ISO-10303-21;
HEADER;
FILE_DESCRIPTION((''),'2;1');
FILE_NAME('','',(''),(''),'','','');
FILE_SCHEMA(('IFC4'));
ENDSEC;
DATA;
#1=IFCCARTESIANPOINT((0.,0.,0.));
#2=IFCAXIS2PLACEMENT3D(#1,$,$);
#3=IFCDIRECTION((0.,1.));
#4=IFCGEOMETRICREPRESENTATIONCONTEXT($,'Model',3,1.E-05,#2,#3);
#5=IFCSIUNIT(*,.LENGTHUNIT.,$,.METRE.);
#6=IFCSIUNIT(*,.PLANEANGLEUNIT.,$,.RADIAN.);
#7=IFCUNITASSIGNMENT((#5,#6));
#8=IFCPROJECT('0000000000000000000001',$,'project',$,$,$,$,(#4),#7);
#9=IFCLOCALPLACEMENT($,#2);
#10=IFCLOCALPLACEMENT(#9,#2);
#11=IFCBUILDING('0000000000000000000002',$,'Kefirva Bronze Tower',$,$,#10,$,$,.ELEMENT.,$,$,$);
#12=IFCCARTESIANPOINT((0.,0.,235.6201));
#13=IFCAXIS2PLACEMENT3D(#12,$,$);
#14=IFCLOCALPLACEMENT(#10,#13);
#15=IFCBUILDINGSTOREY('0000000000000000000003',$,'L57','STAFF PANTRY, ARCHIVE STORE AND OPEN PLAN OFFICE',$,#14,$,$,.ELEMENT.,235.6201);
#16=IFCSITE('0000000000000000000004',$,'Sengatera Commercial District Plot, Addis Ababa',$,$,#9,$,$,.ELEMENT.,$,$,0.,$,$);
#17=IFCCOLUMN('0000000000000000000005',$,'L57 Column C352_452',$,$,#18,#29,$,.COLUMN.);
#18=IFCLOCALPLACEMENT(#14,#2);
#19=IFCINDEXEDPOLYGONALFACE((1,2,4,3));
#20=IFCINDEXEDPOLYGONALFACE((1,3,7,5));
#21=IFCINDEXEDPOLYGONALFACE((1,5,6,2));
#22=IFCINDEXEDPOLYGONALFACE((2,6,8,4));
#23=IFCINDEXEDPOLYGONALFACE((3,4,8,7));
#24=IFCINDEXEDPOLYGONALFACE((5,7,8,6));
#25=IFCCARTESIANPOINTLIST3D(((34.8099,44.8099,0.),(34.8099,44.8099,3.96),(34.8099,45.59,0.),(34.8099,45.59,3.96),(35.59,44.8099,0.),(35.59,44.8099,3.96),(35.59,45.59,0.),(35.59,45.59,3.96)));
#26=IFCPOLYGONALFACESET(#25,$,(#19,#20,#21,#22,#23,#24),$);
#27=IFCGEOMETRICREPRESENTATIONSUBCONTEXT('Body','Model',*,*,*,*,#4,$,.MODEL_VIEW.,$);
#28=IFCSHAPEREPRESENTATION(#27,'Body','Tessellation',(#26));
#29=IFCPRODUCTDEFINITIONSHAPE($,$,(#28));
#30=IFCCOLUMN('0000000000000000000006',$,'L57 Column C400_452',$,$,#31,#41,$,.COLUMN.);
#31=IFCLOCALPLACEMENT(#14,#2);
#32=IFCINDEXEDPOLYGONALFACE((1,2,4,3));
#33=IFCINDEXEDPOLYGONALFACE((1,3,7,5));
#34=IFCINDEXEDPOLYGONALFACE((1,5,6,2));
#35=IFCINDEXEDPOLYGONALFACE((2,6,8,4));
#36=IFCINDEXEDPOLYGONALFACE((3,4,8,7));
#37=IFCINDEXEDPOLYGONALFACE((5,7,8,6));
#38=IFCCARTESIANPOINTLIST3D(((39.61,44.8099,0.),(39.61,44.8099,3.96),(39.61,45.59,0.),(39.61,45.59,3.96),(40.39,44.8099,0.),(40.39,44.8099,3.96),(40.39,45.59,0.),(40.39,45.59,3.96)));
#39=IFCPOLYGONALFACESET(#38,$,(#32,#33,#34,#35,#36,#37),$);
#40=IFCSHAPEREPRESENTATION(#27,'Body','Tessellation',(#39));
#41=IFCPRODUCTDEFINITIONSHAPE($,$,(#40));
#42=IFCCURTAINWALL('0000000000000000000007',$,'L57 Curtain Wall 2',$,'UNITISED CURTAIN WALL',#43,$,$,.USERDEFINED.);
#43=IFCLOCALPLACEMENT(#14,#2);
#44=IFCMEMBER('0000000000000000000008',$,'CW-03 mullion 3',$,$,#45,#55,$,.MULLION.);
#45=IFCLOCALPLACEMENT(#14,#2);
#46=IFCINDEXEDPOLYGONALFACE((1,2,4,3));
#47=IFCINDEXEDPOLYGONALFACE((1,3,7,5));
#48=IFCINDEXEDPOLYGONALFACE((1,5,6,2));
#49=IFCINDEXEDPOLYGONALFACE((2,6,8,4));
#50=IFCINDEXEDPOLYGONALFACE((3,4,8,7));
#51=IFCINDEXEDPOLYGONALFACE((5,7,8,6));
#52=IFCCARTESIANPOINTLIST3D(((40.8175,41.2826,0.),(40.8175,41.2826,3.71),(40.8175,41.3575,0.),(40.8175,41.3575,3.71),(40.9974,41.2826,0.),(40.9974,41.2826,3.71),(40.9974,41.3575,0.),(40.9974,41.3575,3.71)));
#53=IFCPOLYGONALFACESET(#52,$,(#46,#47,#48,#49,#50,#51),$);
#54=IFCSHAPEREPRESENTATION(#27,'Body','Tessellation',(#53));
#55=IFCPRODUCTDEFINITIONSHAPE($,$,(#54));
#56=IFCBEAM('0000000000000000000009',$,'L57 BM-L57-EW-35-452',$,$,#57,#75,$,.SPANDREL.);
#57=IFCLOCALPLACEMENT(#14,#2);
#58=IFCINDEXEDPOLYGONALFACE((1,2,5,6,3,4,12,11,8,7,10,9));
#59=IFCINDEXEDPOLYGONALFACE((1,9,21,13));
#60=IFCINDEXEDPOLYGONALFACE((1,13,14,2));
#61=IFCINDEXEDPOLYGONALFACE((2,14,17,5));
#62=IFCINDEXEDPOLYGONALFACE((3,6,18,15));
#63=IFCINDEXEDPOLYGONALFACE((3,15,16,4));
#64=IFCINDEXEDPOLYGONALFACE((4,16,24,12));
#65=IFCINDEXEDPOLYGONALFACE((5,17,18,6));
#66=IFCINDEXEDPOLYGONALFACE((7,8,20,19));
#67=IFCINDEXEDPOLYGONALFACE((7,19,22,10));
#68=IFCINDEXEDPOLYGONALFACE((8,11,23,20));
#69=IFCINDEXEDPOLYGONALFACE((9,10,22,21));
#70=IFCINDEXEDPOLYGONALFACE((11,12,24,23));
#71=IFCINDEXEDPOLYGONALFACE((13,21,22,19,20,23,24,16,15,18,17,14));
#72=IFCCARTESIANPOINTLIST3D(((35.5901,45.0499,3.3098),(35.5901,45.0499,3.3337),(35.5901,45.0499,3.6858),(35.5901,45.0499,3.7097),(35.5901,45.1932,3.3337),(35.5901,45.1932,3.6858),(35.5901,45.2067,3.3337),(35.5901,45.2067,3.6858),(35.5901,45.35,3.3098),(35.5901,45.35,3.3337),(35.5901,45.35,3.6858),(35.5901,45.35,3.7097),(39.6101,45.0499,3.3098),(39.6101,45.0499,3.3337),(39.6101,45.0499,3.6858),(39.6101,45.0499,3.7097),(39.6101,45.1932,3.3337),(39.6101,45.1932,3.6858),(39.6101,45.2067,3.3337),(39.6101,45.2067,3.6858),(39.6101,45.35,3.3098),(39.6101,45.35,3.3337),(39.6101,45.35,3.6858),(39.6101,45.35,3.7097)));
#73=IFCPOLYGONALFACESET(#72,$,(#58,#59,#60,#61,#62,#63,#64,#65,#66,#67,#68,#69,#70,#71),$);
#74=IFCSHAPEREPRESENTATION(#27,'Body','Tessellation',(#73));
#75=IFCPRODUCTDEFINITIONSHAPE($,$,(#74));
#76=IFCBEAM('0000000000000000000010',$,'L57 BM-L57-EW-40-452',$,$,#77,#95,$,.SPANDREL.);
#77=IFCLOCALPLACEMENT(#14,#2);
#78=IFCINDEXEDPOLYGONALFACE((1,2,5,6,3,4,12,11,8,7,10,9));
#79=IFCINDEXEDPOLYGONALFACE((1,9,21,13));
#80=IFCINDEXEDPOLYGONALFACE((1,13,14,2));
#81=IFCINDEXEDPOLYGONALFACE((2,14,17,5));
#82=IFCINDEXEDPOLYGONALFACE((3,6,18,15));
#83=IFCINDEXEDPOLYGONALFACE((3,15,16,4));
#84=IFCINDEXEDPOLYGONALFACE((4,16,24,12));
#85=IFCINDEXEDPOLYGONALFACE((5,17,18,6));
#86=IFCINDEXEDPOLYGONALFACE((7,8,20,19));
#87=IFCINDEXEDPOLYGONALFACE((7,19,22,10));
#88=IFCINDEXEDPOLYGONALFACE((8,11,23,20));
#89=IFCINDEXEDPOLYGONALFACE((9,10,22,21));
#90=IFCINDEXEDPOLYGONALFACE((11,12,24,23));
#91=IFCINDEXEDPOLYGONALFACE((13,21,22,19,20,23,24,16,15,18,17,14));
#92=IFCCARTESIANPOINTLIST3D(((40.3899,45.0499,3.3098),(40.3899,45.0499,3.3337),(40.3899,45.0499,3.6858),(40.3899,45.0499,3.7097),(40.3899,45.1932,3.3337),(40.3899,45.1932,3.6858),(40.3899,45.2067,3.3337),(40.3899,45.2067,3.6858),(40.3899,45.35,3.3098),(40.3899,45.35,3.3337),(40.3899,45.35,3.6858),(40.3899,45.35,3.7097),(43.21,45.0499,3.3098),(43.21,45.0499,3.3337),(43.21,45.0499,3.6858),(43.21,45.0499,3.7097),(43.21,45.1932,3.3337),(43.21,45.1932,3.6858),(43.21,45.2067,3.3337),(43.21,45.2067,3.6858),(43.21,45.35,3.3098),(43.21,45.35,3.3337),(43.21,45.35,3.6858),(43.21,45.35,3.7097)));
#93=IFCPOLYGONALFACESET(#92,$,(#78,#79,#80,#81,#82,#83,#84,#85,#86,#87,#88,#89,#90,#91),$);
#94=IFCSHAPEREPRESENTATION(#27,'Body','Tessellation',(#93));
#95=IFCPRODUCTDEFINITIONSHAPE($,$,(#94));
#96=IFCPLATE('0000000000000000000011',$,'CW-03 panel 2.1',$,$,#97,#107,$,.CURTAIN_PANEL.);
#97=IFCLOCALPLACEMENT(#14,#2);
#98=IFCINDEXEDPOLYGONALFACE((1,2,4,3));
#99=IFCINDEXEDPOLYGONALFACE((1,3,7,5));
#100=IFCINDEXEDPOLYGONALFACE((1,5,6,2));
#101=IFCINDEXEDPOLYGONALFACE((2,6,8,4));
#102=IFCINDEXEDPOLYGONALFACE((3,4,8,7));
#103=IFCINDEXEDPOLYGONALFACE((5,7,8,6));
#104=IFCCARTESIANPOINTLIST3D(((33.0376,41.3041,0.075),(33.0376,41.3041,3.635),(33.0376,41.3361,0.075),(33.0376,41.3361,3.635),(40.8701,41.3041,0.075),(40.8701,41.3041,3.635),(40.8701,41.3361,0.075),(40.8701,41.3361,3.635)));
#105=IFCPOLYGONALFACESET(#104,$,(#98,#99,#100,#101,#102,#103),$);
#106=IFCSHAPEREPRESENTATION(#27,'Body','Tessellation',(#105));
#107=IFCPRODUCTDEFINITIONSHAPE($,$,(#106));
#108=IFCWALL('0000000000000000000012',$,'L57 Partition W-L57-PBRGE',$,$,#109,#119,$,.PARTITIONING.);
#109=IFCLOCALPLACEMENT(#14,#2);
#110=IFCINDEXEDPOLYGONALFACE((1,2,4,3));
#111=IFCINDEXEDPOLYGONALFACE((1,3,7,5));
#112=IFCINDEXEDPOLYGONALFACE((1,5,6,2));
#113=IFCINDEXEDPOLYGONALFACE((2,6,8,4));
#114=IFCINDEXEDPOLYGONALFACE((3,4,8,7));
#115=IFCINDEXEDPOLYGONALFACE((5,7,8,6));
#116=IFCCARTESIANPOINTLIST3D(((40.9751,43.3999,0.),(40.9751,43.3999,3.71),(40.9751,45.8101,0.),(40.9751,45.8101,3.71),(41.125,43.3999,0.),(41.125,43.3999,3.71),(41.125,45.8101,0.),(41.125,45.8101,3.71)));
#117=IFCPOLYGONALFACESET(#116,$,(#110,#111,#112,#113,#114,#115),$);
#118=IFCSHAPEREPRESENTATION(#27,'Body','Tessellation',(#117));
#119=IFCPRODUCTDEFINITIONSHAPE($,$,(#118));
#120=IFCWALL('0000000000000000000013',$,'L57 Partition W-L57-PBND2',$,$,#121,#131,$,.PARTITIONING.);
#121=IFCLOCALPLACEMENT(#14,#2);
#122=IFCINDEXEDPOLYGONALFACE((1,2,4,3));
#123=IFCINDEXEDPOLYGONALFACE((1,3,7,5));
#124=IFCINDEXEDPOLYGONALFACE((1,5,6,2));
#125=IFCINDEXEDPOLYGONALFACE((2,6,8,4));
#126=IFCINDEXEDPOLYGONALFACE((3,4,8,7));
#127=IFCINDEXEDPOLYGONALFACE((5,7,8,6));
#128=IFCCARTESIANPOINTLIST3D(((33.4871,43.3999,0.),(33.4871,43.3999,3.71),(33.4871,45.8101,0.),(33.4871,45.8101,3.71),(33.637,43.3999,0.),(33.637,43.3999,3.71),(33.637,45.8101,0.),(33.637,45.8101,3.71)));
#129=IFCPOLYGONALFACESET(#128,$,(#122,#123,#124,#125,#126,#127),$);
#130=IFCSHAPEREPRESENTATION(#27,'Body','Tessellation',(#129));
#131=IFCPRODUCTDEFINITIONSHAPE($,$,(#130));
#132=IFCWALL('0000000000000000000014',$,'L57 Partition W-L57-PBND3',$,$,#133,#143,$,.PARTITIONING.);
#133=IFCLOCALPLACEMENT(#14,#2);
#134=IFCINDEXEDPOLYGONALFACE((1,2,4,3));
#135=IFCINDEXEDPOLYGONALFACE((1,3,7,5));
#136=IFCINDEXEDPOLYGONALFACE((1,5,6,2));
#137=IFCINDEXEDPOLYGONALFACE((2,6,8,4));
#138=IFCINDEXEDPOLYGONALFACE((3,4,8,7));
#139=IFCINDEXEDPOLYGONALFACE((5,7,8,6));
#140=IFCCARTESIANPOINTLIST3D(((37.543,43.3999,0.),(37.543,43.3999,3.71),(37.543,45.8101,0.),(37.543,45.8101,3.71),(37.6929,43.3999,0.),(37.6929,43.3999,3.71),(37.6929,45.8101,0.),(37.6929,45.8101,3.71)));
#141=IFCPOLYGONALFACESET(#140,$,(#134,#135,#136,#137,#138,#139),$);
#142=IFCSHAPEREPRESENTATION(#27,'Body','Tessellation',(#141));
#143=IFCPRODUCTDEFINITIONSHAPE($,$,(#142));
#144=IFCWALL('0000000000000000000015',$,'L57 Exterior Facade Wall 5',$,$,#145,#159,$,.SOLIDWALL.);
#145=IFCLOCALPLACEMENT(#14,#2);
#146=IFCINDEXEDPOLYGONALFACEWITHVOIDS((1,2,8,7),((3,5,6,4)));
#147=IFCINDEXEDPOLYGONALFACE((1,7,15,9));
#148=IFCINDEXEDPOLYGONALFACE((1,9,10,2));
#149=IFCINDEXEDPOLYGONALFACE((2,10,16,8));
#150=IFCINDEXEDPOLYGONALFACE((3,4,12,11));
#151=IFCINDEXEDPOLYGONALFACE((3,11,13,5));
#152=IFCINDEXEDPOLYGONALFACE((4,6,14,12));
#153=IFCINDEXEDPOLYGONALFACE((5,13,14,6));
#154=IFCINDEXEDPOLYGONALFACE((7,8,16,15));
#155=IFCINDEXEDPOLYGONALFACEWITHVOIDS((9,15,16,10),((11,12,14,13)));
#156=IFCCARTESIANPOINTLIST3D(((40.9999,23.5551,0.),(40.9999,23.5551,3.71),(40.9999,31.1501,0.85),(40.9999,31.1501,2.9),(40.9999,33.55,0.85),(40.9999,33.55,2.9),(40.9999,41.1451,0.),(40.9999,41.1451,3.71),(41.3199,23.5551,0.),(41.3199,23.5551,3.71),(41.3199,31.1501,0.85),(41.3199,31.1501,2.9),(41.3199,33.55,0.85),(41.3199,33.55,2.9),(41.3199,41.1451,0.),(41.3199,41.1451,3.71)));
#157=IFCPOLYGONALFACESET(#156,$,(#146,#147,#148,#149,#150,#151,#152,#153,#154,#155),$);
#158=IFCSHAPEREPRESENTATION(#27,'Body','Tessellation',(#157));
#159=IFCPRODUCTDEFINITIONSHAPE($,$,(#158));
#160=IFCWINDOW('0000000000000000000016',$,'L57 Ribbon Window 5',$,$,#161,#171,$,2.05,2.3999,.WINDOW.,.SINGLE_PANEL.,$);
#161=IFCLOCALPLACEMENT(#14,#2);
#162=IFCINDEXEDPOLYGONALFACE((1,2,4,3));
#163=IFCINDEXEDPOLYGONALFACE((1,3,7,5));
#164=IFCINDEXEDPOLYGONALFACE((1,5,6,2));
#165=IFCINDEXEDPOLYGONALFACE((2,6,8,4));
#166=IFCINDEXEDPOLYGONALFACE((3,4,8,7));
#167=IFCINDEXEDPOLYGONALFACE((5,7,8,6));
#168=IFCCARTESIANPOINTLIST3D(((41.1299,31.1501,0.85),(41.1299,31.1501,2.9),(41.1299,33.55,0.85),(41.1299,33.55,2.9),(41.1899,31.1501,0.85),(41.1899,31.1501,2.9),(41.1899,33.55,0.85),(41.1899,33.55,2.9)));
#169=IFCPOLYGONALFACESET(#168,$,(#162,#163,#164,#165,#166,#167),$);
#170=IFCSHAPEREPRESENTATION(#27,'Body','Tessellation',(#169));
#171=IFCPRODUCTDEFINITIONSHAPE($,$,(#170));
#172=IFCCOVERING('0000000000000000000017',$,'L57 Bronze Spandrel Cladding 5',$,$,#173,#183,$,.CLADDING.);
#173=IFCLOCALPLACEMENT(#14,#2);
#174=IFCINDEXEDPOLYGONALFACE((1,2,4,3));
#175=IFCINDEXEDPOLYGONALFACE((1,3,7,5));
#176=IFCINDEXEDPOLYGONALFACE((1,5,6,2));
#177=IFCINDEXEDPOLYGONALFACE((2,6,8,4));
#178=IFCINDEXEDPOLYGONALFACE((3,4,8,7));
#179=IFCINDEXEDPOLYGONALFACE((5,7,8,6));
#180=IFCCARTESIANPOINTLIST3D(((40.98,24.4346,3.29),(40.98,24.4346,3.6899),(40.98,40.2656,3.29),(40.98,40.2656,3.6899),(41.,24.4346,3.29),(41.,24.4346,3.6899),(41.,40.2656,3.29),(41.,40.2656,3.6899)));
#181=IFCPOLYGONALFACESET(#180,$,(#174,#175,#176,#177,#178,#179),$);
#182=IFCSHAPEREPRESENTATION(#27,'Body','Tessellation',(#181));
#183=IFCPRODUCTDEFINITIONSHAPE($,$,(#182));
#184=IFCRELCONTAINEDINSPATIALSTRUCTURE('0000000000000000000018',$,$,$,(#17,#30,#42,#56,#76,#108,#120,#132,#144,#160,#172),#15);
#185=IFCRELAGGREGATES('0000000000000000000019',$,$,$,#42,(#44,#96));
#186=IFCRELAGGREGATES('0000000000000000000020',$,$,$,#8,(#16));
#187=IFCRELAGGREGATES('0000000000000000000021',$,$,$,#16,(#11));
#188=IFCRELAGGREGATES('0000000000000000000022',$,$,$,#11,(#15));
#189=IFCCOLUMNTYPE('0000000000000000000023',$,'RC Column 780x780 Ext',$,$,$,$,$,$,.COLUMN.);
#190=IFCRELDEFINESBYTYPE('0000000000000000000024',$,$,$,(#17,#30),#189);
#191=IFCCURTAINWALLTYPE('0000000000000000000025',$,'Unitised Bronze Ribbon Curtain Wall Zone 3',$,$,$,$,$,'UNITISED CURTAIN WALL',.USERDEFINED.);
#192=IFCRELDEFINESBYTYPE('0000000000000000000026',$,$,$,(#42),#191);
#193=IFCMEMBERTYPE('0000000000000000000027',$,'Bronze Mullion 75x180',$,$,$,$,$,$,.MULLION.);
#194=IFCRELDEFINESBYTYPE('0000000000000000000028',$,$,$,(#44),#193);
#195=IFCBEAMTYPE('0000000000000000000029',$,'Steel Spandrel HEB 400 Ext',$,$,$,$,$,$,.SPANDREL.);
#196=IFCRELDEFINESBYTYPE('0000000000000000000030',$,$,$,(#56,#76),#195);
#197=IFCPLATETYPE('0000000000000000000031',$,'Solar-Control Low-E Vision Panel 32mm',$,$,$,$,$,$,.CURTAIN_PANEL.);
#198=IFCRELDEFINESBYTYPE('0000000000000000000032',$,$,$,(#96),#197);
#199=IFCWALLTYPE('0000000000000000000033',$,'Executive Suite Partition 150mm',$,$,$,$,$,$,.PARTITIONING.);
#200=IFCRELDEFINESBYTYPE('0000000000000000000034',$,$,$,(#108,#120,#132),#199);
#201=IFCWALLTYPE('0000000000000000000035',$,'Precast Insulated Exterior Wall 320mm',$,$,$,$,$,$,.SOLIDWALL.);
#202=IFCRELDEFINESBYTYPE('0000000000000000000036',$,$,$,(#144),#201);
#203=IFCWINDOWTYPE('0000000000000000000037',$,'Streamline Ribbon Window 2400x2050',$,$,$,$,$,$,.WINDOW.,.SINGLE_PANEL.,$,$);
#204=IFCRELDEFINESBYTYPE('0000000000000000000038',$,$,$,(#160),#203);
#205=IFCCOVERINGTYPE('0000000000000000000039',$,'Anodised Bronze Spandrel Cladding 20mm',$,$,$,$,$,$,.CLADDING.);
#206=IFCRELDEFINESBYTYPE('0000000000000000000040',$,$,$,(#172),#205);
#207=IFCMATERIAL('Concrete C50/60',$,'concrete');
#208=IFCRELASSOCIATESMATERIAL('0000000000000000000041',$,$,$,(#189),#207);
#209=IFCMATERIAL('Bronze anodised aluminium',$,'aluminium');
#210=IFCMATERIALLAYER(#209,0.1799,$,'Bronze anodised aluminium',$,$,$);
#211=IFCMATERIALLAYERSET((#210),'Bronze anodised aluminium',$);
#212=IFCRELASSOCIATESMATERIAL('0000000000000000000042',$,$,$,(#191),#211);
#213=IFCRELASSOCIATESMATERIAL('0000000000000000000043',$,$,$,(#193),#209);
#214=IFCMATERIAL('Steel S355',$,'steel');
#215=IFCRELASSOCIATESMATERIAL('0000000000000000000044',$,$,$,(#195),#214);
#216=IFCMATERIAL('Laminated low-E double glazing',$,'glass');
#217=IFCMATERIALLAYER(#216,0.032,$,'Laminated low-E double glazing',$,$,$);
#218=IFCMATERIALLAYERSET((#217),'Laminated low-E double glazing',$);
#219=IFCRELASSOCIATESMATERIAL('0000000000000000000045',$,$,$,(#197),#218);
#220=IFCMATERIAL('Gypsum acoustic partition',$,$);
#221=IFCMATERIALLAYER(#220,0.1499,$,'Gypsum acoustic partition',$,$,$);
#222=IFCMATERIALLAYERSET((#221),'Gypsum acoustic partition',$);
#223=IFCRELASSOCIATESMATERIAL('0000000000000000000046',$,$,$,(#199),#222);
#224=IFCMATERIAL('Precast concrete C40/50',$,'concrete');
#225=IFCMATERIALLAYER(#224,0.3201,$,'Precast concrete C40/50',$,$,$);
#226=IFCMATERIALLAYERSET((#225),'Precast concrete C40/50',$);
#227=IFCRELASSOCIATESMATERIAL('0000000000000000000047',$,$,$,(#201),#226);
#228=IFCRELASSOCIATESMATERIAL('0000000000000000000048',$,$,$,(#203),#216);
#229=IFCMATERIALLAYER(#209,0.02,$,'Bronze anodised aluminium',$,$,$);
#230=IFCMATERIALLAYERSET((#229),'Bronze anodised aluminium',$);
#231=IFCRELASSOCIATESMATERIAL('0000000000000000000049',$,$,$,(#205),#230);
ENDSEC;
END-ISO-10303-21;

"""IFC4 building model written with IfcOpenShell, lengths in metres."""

from ifc_helpers import new_model, si_unit, direction, frame, frame_2d, origin, origin_2d, place, context, subcontext, project, spatial, rectangle, i_section, extrude, material, layer, layer_set, material_profile, profile_set, type_object, element, fill, aggregate, save


model = new_model("IFC4")

# Units and contexts
model_context = context("Model", 3, precision=1e-05, world=origin(), true_north=direction((0.0, 1.0)))
body_context = subcontext(model_context, "Body", "Model", "MODEL_VIEW")
ifc_project = project(units=[si_unit("LENGTHUNIT", "METRE"), si_unit("PLANEANGLEUNIT", "RADIAN")], contexts=[model_context])

# Site, building, storey
site_placement = place(None, origin())
site = spatial("IfcSite", under=ifc_project, at=site_placement, Name="Sengatera Commercial District Plot, Addis Ababa", CompositionType="ELEMENT", RefElevation=0.0)
building_placement = place(site_placement, origin())
building = spatial("IfcBuilding", under=site, at=building_placement, Name="Kefirva Bronze Tower", CompositionType="ELEMENT")
storey_placement = place(building_placement, frame((0.0, 0.0, 235.6201)))
storey = spatial("IfcBuildingStorey", under=building, at=storey_placement, Name="L57", Description="STAFF PANTRY, ARCHIVE STORE AND OPEN PLAN OFFICE", CompositionType="ELEMENT", Elevation=235.6201)

# Columns
ifc_material_1 = material(Name="Concrete C50/60", Category="concrete")
ifc_material_profile_1 = material_profile(ifc_material_1, rectangle(XDim=0.78, YDim=0.78, at=origin_2d()), Name="RC 780x780")
ifc_profile_set_1 = profile_set([ifc_material_profile_1], Name="Concrete C50/60")
column_type = type_object("IfcColumnType", Name="RC Column 780x780 Ext", PredefinedType="COLUMN", material=ifc_profile_set_1)
for number, where, z_axis, x_axis, name in (
    (1, (35.2, 45.2, 0.0), (0.0, 0.0, 1.0), (1.0, 0.0, 0.0), "L57 Column C352_452"),
    (2, (40.0, 45.2, 0.0), (0.0, 0.0, 1.0), (1.0, 0.0, 0.0), "L57 Column C400_452"),
):
    element("IfcColumn", number, at=place(storey_placement, frame(where, z_axis=z_axis, x_axis=x_axis)), inside=storey, type_object=column_type, Name=name, PredefinedType="COLUMN", context=body_context, shape_type="SweptSolid", body=[
        extrude(rectangle(XDim=0.78, YDim=0.78, at=origin_2d()), origin(), (0.0, 0.0, 1.0), 3.96),
    ])

# Curtain wall, member
ifc_material_2 = material(Name="Bronze anodised aluminium", Category="aluminium")
ifc_layer_1 = layer(ifc_material_2, 0.1799, Name="Bronze anodised aluminium")
ifc_layer_set_1 = layer_set([ifc_layer_1], Name="Bronze anodised aluminium")
curtain_wall_type = type_object("IfcCurtainWallType", Name="Unitised Bronze Ribbon Curtain Wall Zone 3", ElementType="UNITISED CURTAIN WALL", PredefinedType="USERDEFINED", material=ifc_layer_set_1)
curtain_wall_placement = place(storey_placement, origin())
curtain_wall = element("IfcCurtainWall", 3, at=curtain_wall_placement, inside=storey, type_object=curtain_wall_type, Name="L57 Curtain Wall 2", ObjectType="UNITISED CURTAIN WALL", PredefinedType="USERDEFINED")
ifc_material_profile_2 = material_profile(ifc_material_2, rectangle(XDim=0.075, YDim=0.1799, at=origin_2d()), Name="ALU 75x180")
ifc_profile_set_2 = profile_set([ifc_material_profile_2], Name="Bronze anodised aluminium")
member_type = type_object("IfcMemberType", Name="Bronze Mullion 75x180", PredefinedType="MULLION", material=ifc_profile_set_2)
member_placement = place(storey_placement, frame((40.9075, 41.3201, 0.0), z_axis=(0.0, 0.0, 1.0), x_axis=(0.0, 1.0, 0.0)))
member = element("IfcMember", 4, at=member_placement, type_object=member_type, Name="CW-03 mullion 3", PredefinedType="MULLION", context=body_context, shape_type="SweptSolid", body=[
    extrude(rectangle(XDim=0.075, YDim=0.1799, at=origin_2d()), origin(), (0.0, 0.0, 1.0), 3.71),
])

# Beams
ifc_material_3 = material(Name="Steel S355", Category="steel")
ifc_material_profile_3 = material_profile(ifc_material_3, i_section(OverallWidth=0.3, OverallDepth=0.3999, WebThickness=0.0134, FlangeThickness=0.0239, at=origin_2d()), Name="HEB 400")
ifc_profile_set_3 = profile_set([ifc_material_profile_3], Name="Steel S355")
beam_type = type_object("IfcBeamType", Name="Steel Spandrel HEB 400 Ext", PredefinedType="SPANDREL", material=ifc_profile_set_3)
beam_1_placement = place(storey_placement, frame((35.5901, 45.2, 3.5098), z_axis=(1.0, 0.0, 0.0), x_axis=(0.0, 1.0, 0.0)))
element("IfcBeam", 5, at=beam_1_placement, inside=storey, type_object=beam_type, Name="L57 BM-L57-EW-35-452", PredefinedType="SPANDREL", context=body_context, shape_type="SweptSolid", body=[
    extrude(i_section(OverallWidth=0.3, OverallDepth=0.3999, WebThickness=0.0134, FlangeThickness=0.0239, at=origin_2d()), origin(), (0.0, 0.0, 1.0), 4.02),
])
beam_2_placement = place(storey_placement, frame((40.3899, 45.2, 3.5098), z_axis=(1.0, 0.0, 0.0), x_axis=(0.0, 1.0, 0.0)))
element("IfcBeam", 6, at=beam_2_placement, inside=storey, type_object=beam_type, Name="L57 BM-L57-EW-40-452", PredefinedType="SPANDREL", context=body_context, shape_type="SweptSolid", body=[
    extrude(i_section(OverallWidth=0.3, OverallDepth=0.3999, WebThickness=0.0134, FlangeThickness=0.0239, at=origin_2d()), origin(), (0.0, 0.0, 1.0), 2.8201),
])

# Plate
ifc_material_4 = material(Name="Laminated low-E double glazing", Category="glass")
ifc_layer_2 = layer(ifc_material_4, 0.032, Name="Laminated low-E double glazing")
ifc_layer_set_2 = layer_set([ifc_layer_2], Name="Laminated low-E double glazing")
plate_type = type_object("IfcPlateType", Name="Solar-Control Low-E Vision Panel 32mm", PredefinedType="CURTAIN_PANEL", material=ifc_layer_set_2)
plate_placement = place(storey_placement, frame((36.9539, 41.3201, 0.075), z_axis=(0.0, 0.0, 1.0), x_axis=(1.0, 0.0, 0.0)))
plate = element("IfcPlate", 7, at=plate_placement, type_object=plate_type, Name="CW-03 panel 2.1", PredefinedType="CURTAIN_PANEL", context=body_context, shape_type="SweptSolid", body=[
    extrude(rectangle(XDim=7.8325, YDim=0.032, at=origin_2d()), origin(), (0.0, 0.0, 1.0), 3.5601),
])
aggregate(curtain_wall, [member, plate])

# Walls
ifc_material_5 = material(Name="Gypsum acoustic partition")
ifc_layer_3 = layer(ifc_material_5, 0.1499, Name="Gypsum acoustic partition")
ifc_layer_set_3 = layer_set([ifc_layer_3], Name="Gypsum acoustic partition")
wall_type_1 = type_object("IfcWallType", Name="Executive Suite Partition 150mm", PredefinedType="PARTITIONING", material=ifc_layer_set_3)
for number, where, z_axis, x_axis, name in (
    (8, (41.05, 43.3999, 0.0), (0.0, 0.0, 1.0), (0.0, 1.0, 0.0), "L57 Partition W-L57-PBRGE"),
    (9, (33.562, 43.3999, 0.0), (0.0, 0.0, 1.0), (0.0, 1.0, 0.0), "L57 Partition W-L57-PBND2"),
    (10, (37.6179, 43.3999, 0.0), (0.0, 0.0, 1.0), (0.0, 1.0, 0.0), "L57 Partition W-L57-PBND3"),
):
    element("IfcWall", number, at=place(storey_placement, frame(where, z_axis=z_axis, x_axis=x_axis)), inside=storey, type_object=wall_type_1, Name=name, PredefinedType="PARTITIONING", context=body_context, shape_type="SweptSolid", body=[
        extrude(rectangle(XDim=2.4102, YDim=0.1499, at=frame_2d((1.2051, 0.0))), origin(), (0.0, 0.0, 1.0), 3.71),
    ])

# Wall, opening, window
ifc_material_6 = material(Name="Precast concrete C40/50", Category="concrete")
ifc_layer_4 = layer(ifc_material_6, 0.3201, Name="Precast concrete C40/50")
ifc_layer_set_4 = layer_set([ifc_layer_4], Name="Precast concrete C40/50")
wall_type_2 = type_object("IfcWallType", Name="Precast Insulated Exterior Wall 320mm", PredefinedType="SOLIDWALL", material=ifc_layer_set_4)
wall_placement = place(storey_placement, frame((41.1599, 41.145, 0.0), z_axis=(0.0, 0.0, 1.0), x_axis=(0.0, -1.0, 0.0)))
wall = element("IfcWall", 11, at=wall_placement, inside=storey, type_object=wall_type_2, Name="L57 Exterior Facade Wall 5", PredefinedType="SOLIDWALL", context=body_context, shape_type="SweptSolid", body=[
    extrude(rectangle(XDim=17.5901, YDim=0.3201, at=frame_2d((8.7949, 0.0))), origin(), (0.0, 0.0, 1.0), 3.71),
])
opening_placement = place(wall_placement, frame((7.595, 0.0, 0.8501)))
opening = element("IfcOpeningElement", 12, at=opening_placement, cuts=wall, PredefinedType="OPENING", context=body_context, shape_type="SweptSolid", body=[
    extrude(rectangle(XDim=2.3999, YDim=2.05, at=frame_2d((1.2, 1.0249))), frame((0.0, 0.1699, 0.0), z_axis=(0.0, -1.0, 0.0), x_axis=(1.0, 0.0, 0.0)), (0.0, 0.0, 1.0), 0.3401),
])
window_type = type_object("IfcWindowType", Name="Streamline Ribbon Window 2400x2050", PartitioningType="SINGLE_PANEL", PredefinedType="WINDOW", material=ifc_material_4)
window_placement = place(opening_placement, origin())
window = element("IfcWindow", 13, at=window_placement, inside=storey, type_object=window_type, Name="L57 Ribbon Window 5", OverallHeight=2.05, OverallWidth=2.3999, PartitioningType="SINGLE_PANEL", PredefinedType="WINDOW", context=body_context, shape_type="SweptSolid", body=[
    extrude(rectangle(XDim=2.3999, YDim=2.05, at=frame_2d((1.2, 1.0249))), frame((0.0, 0.03, 0.0), z_axis=(0.0, -1.0, 0.0), x_axis=(1.0, 0.0, 0.0)), (0.0, 0.0, 1.0), 0.0601),
])
fill(opening, window)

# Covering
ifc_layer_5 = layer(ifc_material_2, 0.02, Name="Bronze anodised aluminium")
ifc_layer_set_5 = layer_set([ifc_layer_5], Name="Bronze anodised aluminium")
covering_type_1 = type_object("IfcCoveringType", Name="Anodised Bronze Spandrel Cladding 20mm", PredefinedType="CLADDING", material=ifc_layer_set_5)
covering_1_placement = place(storey_placement, frame((40.99, 32.3501, 3.29), z_axis=(0.0, 0.0, 1.0), x_axis=(0.0, -1.0, 0.0)))
element("IfcCovering", 14, at=covering_1_placement, inside=storey, type_object=covering_type_1, Name="L57 Bronze Spandrel Cladding 5", PredefinedType="CLADDING", context=body_context, shape_type="SweptSolid", body=[
    extrude(rectangle(XDim=15.8311, YDim=0.02, at=origin_2d()), origin(), (0.0, 0.0, 1.0), 0.3999),
])

save(model, "model.ifc")
